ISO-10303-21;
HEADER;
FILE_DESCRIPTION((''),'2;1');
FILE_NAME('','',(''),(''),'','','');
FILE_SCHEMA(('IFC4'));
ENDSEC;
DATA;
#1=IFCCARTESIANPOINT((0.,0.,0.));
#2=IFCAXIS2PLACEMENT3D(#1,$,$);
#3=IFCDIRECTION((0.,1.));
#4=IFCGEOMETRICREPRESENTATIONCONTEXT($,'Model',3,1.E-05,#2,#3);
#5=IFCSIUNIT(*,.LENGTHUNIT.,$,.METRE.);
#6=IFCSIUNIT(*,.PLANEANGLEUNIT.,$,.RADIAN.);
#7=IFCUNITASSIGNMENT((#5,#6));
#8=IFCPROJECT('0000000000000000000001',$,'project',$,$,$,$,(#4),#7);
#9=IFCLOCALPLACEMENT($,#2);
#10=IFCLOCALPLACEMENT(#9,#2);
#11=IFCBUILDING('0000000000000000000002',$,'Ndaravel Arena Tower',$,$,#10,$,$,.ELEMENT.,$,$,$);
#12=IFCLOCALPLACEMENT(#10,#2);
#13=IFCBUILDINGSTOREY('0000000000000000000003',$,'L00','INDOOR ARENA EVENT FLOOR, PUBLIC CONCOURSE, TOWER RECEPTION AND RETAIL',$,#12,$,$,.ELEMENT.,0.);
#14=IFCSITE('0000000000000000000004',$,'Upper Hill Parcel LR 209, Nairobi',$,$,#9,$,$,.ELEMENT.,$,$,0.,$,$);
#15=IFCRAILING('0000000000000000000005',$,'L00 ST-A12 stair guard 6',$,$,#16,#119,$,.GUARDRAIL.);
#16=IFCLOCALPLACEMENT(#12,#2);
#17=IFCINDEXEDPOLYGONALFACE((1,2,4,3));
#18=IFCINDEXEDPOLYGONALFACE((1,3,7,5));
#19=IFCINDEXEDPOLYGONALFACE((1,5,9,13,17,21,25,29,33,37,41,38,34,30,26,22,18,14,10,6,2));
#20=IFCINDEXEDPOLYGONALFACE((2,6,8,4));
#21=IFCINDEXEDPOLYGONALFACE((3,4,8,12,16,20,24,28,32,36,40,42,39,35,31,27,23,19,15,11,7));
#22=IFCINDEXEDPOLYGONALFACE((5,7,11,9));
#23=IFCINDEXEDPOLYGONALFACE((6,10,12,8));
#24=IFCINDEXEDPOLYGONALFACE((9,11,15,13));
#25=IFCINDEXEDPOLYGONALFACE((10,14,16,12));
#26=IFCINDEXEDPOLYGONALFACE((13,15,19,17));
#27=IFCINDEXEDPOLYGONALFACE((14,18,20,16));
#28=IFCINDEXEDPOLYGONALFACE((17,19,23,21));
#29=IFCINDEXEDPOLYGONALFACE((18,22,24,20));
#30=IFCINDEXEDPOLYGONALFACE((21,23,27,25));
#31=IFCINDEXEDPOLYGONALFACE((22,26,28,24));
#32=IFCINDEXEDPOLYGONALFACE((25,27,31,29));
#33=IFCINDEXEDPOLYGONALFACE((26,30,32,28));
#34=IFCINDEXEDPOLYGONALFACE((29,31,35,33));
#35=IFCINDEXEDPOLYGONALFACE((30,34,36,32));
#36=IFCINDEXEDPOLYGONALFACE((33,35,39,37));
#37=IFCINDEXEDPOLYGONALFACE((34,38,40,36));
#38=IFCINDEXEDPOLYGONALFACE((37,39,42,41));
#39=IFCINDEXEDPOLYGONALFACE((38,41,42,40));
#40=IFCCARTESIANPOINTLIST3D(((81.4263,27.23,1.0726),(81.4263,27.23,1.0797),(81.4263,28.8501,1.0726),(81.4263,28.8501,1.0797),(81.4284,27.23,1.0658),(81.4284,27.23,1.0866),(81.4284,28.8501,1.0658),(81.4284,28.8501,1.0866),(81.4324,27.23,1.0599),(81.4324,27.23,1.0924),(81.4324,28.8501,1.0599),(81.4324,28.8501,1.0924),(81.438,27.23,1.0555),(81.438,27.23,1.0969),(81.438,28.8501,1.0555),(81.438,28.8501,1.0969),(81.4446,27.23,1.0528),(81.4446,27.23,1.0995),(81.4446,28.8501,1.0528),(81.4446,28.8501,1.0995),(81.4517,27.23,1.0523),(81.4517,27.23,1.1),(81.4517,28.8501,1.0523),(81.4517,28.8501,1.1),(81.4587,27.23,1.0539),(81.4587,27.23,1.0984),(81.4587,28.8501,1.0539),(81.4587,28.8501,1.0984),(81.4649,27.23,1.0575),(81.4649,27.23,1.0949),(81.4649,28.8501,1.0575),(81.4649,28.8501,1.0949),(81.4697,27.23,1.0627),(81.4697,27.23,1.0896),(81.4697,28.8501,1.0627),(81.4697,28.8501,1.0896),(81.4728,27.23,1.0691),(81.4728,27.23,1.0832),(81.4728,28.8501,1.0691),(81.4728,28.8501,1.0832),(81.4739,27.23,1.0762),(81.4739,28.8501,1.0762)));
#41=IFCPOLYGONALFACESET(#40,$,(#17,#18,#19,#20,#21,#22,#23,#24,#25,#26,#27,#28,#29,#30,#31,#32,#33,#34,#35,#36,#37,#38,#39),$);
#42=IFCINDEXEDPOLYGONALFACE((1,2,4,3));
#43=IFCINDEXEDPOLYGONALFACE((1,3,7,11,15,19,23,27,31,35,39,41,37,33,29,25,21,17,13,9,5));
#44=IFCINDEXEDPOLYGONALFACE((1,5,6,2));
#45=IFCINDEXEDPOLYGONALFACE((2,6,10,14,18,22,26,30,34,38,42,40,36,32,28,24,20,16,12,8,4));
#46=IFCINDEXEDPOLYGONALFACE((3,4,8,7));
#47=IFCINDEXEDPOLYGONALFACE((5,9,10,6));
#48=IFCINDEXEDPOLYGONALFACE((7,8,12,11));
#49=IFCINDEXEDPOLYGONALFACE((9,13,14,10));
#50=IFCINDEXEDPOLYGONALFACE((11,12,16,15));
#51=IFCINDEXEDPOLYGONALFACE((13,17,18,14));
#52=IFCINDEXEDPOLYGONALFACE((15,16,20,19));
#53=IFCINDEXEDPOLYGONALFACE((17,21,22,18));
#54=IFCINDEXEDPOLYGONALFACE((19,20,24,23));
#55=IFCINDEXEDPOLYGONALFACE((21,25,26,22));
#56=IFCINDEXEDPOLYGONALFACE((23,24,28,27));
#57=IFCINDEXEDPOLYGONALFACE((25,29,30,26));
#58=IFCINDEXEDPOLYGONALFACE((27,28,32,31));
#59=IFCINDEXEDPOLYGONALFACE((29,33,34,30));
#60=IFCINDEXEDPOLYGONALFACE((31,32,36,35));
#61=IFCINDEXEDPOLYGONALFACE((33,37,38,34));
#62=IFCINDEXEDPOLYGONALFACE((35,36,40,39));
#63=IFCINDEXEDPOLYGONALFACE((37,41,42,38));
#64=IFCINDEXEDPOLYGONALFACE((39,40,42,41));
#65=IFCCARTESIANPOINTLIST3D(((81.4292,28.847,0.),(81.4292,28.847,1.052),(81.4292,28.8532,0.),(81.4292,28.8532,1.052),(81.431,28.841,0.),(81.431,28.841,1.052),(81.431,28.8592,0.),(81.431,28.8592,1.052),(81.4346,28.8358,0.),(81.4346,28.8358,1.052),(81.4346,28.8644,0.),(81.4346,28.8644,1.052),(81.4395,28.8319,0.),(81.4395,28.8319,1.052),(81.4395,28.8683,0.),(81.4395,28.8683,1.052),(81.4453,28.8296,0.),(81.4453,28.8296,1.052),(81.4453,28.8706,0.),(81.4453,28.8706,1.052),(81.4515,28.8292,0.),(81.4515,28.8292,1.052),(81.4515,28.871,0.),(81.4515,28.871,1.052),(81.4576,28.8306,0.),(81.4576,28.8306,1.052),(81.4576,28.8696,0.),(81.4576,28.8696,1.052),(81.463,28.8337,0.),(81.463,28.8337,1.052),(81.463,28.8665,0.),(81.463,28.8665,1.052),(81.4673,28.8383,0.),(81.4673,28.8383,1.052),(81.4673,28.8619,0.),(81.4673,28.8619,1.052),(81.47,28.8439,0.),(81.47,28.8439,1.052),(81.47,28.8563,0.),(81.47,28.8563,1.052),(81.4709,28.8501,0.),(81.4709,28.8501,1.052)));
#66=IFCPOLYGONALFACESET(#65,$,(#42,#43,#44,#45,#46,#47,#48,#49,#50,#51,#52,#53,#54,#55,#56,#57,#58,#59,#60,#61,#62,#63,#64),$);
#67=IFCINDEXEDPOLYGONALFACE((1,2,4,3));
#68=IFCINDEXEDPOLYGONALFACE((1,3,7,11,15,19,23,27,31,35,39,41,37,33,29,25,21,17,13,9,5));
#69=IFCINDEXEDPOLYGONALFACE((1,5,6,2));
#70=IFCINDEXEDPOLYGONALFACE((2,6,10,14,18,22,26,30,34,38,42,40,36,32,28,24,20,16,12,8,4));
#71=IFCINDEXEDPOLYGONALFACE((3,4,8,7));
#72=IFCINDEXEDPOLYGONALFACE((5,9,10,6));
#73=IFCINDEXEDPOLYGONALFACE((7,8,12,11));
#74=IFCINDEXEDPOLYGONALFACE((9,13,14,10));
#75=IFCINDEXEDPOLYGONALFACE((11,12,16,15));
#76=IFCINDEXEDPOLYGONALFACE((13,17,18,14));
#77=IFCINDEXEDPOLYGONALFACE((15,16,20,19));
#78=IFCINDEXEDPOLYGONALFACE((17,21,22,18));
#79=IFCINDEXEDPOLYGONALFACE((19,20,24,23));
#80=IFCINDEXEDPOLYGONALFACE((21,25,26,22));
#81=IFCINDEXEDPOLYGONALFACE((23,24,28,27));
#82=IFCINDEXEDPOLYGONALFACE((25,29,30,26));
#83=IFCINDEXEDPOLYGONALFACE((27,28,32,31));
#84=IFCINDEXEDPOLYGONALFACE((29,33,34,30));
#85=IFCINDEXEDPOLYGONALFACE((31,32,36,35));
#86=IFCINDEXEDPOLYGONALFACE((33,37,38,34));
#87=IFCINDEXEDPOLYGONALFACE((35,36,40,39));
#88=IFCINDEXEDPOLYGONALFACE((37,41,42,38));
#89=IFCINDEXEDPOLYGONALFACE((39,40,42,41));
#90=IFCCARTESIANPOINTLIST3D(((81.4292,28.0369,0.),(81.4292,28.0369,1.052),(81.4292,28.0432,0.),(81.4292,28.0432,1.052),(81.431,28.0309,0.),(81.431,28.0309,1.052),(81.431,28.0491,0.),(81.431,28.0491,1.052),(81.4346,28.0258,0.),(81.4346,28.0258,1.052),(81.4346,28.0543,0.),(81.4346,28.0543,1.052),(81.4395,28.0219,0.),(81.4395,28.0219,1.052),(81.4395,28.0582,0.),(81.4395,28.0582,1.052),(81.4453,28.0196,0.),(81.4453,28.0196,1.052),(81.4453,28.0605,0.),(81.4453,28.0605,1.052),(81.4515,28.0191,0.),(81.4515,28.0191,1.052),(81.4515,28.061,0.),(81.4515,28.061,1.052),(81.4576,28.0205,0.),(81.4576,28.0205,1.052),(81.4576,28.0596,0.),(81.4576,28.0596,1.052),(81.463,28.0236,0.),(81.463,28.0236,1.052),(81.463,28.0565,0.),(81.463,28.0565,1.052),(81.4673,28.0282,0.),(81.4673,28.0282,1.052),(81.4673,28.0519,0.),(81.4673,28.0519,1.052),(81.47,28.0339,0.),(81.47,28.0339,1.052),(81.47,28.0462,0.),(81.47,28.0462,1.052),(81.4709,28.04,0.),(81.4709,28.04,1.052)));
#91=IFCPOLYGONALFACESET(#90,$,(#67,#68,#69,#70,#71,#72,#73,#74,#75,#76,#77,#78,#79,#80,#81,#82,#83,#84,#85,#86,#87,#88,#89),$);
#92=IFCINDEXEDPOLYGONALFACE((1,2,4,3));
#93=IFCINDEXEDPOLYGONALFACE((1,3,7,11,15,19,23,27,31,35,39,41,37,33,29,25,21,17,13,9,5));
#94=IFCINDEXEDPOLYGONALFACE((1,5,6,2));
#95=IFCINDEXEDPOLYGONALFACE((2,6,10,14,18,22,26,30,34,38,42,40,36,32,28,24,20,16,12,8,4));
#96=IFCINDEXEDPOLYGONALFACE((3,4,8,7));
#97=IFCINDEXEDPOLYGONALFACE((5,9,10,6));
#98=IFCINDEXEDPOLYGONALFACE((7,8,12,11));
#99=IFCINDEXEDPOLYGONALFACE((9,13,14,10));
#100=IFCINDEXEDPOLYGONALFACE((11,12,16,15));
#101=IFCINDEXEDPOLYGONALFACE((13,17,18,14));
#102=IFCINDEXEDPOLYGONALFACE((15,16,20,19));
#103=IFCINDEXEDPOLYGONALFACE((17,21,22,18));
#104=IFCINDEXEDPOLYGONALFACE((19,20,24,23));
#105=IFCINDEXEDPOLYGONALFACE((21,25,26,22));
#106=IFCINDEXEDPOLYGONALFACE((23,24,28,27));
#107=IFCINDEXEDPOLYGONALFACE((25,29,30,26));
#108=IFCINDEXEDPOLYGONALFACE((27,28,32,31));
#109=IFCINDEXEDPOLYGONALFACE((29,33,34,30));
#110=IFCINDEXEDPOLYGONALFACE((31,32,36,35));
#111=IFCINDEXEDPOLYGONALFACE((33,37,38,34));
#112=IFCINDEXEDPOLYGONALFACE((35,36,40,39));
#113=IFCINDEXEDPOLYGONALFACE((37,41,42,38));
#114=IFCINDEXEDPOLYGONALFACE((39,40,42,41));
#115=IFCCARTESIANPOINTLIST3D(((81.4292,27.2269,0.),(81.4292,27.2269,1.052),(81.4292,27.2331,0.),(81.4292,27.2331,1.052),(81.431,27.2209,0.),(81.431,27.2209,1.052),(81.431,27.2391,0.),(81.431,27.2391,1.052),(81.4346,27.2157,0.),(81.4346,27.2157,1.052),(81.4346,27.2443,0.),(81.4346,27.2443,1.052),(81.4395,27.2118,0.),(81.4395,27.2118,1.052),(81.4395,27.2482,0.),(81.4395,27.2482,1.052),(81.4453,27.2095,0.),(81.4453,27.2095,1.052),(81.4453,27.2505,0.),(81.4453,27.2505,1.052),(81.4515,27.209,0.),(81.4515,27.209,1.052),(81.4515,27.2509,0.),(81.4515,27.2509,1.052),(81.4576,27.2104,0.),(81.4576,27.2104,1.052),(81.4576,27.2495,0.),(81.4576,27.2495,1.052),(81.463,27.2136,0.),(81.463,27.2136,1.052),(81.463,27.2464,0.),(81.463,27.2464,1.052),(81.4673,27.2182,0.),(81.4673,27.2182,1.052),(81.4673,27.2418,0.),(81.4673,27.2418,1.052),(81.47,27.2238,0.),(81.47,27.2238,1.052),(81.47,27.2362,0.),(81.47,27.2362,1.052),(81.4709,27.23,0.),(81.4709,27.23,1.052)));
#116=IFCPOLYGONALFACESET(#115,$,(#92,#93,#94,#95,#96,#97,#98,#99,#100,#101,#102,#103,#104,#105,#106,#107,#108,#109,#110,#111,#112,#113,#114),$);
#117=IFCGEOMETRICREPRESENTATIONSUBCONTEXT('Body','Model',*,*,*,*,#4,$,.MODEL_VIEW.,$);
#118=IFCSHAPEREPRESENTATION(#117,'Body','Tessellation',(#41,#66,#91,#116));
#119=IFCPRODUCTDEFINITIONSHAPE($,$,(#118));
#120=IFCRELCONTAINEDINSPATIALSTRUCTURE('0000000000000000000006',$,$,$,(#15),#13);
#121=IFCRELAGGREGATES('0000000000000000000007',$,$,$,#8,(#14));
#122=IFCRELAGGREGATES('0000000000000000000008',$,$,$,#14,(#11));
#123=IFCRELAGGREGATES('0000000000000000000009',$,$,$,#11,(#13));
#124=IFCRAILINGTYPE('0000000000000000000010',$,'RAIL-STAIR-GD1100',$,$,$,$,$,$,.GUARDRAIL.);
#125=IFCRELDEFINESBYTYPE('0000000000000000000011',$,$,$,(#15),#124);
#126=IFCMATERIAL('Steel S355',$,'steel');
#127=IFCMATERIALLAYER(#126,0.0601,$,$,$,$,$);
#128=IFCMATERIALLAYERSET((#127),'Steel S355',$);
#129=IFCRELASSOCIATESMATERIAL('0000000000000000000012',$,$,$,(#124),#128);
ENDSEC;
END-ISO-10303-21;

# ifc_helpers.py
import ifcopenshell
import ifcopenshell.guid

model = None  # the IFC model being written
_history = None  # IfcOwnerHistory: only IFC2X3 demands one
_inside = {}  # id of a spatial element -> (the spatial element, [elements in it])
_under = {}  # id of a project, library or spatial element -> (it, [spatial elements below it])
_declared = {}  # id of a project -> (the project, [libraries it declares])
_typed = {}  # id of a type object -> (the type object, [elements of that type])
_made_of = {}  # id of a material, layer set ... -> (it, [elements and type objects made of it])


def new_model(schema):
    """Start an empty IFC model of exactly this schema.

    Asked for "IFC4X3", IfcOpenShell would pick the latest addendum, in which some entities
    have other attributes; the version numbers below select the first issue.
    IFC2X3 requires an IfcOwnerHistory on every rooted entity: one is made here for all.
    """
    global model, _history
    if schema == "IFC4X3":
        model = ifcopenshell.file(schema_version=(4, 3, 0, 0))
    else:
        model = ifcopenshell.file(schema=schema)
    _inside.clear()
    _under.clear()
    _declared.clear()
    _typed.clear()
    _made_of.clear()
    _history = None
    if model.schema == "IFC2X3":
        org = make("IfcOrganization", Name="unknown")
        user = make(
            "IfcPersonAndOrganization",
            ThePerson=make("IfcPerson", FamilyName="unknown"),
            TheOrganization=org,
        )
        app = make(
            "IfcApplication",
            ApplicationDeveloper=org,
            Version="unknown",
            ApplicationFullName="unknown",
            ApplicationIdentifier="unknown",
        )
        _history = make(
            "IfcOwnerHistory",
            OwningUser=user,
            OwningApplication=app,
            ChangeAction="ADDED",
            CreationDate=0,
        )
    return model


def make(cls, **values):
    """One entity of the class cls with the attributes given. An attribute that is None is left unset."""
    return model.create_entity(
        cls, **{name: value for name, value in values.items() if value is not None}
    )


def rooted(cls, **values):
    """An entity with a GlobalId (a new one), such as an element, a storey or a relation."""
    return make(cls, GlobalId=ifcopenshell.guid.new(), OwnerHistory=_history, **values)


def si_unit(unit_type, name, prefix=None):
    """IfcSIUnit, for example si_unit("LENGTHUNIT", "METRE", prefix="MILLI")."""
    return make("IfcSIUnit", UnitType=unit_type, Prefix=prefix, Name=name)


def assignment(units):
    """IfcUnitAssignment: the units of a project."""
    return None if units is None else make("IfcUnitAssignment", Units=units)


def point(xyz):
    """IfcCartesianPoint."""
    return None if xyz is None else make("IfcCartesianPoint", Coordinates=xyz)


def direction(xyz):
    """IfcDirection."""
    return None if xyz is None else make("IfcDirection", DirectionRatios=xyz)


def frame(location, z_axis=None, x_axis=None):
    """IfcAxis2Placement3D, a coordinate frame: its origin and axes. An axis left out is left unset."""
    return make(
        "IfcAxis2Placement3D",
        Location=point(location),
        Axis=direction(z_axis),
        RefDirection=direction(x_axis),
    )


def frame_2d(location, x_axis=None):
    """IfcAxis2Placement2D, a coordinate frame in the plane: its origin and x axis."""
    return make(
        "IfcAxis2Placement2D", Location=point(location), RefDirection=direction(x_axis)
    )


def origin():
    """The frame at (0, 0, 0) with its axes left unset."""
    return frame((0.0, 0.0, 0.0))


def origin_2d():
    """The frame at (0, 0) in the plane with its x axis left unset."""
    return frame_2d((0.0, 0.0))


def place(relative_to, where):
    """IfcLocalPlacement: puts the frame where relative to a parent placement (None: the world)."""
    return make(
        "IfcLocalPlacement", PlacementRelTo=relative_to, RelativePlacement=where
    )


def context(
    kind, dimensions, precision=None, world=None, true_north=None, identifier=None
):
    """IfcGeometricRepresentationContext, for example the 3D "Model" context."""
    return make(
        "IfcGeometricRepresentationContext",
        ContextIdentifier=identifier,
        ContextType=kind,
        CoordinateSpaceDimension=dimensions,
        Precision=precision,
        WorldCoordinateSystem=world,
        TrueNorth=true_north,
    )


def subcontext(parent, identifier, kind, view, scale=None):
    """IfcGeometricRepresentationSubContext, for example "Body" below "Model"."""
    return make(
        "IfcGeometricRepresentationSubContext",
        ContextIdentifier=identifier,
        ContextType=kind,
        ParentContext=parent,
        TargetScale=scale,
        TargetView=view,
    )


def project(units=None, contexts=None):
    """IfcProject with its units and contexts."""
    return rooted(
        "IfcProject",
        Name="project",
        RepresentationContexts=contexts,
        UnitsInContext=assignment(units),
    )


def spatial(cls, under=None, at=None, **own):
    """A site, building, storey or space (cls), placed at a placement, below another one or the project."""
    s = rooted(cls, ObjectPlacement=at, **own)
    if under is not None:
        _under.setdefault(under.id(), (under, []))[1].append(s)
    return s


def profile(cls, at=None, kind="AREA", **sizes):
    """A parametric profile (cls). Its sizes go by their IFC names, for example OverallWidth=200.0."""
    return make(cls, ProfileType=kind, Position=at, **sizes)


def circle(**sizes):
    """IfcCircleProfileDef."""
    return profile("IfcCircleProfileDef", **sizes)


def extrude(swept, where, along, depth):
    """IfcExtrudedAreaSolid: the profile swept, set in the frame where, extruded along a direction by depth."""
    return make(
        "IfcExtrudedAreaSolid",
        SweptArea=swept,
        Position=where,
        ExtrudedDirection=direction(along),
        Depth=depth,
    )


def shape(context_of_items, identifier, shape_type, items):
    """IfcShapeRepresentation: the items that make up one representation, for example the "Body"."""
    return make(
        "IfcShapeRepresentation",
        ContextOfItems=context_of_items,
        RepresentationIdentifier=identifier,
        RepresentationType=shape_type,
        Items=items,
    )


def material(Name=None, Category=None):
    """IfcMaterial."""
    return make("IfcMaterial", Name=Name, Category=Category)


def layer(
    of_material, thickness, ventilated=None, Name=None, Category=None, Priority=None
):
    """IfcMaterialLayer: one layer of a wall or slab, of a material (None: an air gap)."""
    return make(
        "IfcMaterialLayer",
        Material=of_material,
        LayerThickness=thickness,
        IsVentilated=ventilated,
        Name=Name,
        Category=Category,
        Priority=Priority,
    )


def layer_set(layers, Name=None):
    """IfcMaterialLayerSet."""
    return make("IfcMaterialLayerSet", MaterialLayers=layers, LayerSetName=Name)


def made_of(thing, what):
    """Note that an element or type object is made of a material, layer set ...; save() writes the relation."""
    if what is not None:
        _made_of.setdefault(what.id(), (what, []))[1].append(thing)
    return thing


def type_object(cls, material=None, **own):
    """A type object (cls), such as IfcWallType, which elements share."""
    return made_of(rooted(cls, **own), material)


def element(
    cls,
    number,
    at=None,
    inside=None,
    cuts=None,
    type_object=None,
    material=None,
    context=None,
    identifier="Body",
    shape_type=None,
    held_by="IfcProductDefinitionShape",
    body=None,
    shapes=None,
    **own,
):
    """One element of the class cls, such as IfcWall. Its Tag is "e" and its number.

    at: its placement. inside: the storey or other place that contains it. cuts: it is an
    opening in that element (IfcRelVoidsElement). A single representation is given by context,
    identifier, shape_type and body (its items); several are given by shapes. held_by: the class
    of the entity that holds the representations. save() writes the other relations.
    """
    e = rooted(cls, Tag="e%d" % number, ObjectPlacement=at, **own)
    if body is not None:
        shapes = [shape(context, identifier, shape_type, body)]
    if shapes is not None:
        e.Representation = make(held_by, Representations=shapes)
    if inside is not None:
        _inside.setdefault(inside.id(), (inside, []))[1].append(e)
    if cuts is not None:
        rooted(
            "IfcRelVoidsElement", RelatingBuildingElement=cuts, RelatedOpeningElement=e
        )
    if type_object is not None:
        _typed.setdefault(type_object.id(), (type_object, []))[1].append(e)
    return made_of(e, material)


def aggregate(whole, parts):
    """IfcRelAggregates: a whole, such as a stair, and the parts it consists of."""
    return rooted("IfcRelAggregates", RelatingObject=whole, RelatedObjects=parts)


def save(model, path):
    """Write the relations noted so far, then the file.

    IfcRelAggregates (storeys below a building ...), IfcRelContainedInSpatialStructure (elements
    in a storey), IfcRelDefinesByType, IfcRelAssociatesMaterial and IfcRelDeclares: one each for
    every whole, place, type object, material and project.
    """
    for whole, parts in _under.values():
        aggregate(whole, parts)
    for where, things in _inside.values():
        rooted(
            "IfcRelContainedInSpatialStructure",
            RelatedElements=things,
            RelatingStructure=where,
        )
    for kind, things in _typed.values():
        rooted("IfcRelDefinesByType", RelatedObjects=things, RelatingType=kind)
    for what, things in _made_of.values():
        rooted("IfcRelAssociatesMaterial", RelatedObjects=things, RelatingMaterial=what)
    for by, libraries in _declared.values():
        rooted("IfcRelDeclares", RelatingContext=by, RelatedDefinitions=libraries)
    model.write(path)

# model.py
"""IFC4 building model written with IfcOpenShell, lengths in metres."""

from ifc_helpers import new_model, si_unit, direction, frame, origin, origin_2d, place, context, subcontext, project, spatial, circle, extrude, material, layer, layer_set, type_object, element, save


model = new_model("IFC4")

# Units and contexts
model_context = context("Model", 3, precision=1e-05, world=origin(), true_north=direction((0.0, 1.0)))
body_context = subcontext(model_context, "Body", "Model", "MODEL_VIEW")
ifc_project = project(units=[si_unit("LENGTHUNIT", "METRE"), si_unit("PLANEANGLEUNIT", "RADIAN")], contexts=[model_context])

# Site, building, storey
site_placement = place(None, origin())
site = spatial("IfcSite", under=ifc_project, at=site_placement, Name="Upper Hill Parcel LR 209, Nairobi", CompositionType="ELEMENT", RefElevation=0.0)
building_placement = place(site_placement, origin())
building = spatial("IfcBuilding", under=site, at=building_placement, Name="Ndaravel Arena Tower", CompositionType="ELEMENT")
storey_placement = place(building_placement, origin())
storey = spatial("IfcBuildingStorey", under=building, at=storey_placement, Name="L00", Description="INDOOR ARENA EVENT FLOOR, PUBLIC CONCOURSE, TOWER RECEPTION AND RETAIL", CompositionType="ELEMENT", Elevation=0.0)

# Railing
ifc_material_1 = material(Name="Steel S355", Category="steel")
ifc_layer_1 = layer(ifc_material_1, 0.0601)
ifc_layer_set_1 = layer_set([ifc_layer_1], Name="Steel S355")
railing_type_1 = type_object("IfcRailingType", Name="RAIL-STAIR-GD1100", PredefinedType="GUARDRAIL", material=ifc_layer_set_1)
for number, where, name in (
    (1, (81.45, 28.8501, 0.0), "L00 ST-A12 stair guard 6"),
):
    element("IfcRailing", number, at=place(storey_placement, frame(where)), inside=storey, type_object=railing_type_1, Name=name, PredefinedType="GUARDRAIL", context=body_context, shape_type="SweptSolid", body=[
        extrude(circle(Radius=0.0239, at=origin_2d()), frame((0.0, 0.0, 1.0762), z_axis=(0.0, -1.0, 0.0), x_axis=(1.0, 0.0, 0.0)), (0.0, 0.0, 1.0), 1.6201),
        extrude(circle(Radius=0.021, at=origin_2d()), origin(), (0.0, 0.0, 1.0), 1.052),
        extrude(circle(Radius=0.021, at=origin_2d()), frame((0.0, -0.8101, 0.0)), (0.0, 0.0, 1.0), 1.052),
        extrude(circle(Radius=0.021, at=origin_2d()), frame((0.0, -1.6201, 0.0)), (0.0, 0.0, 1.0), 1.052),
    ])

save(model, "model.ifc")
